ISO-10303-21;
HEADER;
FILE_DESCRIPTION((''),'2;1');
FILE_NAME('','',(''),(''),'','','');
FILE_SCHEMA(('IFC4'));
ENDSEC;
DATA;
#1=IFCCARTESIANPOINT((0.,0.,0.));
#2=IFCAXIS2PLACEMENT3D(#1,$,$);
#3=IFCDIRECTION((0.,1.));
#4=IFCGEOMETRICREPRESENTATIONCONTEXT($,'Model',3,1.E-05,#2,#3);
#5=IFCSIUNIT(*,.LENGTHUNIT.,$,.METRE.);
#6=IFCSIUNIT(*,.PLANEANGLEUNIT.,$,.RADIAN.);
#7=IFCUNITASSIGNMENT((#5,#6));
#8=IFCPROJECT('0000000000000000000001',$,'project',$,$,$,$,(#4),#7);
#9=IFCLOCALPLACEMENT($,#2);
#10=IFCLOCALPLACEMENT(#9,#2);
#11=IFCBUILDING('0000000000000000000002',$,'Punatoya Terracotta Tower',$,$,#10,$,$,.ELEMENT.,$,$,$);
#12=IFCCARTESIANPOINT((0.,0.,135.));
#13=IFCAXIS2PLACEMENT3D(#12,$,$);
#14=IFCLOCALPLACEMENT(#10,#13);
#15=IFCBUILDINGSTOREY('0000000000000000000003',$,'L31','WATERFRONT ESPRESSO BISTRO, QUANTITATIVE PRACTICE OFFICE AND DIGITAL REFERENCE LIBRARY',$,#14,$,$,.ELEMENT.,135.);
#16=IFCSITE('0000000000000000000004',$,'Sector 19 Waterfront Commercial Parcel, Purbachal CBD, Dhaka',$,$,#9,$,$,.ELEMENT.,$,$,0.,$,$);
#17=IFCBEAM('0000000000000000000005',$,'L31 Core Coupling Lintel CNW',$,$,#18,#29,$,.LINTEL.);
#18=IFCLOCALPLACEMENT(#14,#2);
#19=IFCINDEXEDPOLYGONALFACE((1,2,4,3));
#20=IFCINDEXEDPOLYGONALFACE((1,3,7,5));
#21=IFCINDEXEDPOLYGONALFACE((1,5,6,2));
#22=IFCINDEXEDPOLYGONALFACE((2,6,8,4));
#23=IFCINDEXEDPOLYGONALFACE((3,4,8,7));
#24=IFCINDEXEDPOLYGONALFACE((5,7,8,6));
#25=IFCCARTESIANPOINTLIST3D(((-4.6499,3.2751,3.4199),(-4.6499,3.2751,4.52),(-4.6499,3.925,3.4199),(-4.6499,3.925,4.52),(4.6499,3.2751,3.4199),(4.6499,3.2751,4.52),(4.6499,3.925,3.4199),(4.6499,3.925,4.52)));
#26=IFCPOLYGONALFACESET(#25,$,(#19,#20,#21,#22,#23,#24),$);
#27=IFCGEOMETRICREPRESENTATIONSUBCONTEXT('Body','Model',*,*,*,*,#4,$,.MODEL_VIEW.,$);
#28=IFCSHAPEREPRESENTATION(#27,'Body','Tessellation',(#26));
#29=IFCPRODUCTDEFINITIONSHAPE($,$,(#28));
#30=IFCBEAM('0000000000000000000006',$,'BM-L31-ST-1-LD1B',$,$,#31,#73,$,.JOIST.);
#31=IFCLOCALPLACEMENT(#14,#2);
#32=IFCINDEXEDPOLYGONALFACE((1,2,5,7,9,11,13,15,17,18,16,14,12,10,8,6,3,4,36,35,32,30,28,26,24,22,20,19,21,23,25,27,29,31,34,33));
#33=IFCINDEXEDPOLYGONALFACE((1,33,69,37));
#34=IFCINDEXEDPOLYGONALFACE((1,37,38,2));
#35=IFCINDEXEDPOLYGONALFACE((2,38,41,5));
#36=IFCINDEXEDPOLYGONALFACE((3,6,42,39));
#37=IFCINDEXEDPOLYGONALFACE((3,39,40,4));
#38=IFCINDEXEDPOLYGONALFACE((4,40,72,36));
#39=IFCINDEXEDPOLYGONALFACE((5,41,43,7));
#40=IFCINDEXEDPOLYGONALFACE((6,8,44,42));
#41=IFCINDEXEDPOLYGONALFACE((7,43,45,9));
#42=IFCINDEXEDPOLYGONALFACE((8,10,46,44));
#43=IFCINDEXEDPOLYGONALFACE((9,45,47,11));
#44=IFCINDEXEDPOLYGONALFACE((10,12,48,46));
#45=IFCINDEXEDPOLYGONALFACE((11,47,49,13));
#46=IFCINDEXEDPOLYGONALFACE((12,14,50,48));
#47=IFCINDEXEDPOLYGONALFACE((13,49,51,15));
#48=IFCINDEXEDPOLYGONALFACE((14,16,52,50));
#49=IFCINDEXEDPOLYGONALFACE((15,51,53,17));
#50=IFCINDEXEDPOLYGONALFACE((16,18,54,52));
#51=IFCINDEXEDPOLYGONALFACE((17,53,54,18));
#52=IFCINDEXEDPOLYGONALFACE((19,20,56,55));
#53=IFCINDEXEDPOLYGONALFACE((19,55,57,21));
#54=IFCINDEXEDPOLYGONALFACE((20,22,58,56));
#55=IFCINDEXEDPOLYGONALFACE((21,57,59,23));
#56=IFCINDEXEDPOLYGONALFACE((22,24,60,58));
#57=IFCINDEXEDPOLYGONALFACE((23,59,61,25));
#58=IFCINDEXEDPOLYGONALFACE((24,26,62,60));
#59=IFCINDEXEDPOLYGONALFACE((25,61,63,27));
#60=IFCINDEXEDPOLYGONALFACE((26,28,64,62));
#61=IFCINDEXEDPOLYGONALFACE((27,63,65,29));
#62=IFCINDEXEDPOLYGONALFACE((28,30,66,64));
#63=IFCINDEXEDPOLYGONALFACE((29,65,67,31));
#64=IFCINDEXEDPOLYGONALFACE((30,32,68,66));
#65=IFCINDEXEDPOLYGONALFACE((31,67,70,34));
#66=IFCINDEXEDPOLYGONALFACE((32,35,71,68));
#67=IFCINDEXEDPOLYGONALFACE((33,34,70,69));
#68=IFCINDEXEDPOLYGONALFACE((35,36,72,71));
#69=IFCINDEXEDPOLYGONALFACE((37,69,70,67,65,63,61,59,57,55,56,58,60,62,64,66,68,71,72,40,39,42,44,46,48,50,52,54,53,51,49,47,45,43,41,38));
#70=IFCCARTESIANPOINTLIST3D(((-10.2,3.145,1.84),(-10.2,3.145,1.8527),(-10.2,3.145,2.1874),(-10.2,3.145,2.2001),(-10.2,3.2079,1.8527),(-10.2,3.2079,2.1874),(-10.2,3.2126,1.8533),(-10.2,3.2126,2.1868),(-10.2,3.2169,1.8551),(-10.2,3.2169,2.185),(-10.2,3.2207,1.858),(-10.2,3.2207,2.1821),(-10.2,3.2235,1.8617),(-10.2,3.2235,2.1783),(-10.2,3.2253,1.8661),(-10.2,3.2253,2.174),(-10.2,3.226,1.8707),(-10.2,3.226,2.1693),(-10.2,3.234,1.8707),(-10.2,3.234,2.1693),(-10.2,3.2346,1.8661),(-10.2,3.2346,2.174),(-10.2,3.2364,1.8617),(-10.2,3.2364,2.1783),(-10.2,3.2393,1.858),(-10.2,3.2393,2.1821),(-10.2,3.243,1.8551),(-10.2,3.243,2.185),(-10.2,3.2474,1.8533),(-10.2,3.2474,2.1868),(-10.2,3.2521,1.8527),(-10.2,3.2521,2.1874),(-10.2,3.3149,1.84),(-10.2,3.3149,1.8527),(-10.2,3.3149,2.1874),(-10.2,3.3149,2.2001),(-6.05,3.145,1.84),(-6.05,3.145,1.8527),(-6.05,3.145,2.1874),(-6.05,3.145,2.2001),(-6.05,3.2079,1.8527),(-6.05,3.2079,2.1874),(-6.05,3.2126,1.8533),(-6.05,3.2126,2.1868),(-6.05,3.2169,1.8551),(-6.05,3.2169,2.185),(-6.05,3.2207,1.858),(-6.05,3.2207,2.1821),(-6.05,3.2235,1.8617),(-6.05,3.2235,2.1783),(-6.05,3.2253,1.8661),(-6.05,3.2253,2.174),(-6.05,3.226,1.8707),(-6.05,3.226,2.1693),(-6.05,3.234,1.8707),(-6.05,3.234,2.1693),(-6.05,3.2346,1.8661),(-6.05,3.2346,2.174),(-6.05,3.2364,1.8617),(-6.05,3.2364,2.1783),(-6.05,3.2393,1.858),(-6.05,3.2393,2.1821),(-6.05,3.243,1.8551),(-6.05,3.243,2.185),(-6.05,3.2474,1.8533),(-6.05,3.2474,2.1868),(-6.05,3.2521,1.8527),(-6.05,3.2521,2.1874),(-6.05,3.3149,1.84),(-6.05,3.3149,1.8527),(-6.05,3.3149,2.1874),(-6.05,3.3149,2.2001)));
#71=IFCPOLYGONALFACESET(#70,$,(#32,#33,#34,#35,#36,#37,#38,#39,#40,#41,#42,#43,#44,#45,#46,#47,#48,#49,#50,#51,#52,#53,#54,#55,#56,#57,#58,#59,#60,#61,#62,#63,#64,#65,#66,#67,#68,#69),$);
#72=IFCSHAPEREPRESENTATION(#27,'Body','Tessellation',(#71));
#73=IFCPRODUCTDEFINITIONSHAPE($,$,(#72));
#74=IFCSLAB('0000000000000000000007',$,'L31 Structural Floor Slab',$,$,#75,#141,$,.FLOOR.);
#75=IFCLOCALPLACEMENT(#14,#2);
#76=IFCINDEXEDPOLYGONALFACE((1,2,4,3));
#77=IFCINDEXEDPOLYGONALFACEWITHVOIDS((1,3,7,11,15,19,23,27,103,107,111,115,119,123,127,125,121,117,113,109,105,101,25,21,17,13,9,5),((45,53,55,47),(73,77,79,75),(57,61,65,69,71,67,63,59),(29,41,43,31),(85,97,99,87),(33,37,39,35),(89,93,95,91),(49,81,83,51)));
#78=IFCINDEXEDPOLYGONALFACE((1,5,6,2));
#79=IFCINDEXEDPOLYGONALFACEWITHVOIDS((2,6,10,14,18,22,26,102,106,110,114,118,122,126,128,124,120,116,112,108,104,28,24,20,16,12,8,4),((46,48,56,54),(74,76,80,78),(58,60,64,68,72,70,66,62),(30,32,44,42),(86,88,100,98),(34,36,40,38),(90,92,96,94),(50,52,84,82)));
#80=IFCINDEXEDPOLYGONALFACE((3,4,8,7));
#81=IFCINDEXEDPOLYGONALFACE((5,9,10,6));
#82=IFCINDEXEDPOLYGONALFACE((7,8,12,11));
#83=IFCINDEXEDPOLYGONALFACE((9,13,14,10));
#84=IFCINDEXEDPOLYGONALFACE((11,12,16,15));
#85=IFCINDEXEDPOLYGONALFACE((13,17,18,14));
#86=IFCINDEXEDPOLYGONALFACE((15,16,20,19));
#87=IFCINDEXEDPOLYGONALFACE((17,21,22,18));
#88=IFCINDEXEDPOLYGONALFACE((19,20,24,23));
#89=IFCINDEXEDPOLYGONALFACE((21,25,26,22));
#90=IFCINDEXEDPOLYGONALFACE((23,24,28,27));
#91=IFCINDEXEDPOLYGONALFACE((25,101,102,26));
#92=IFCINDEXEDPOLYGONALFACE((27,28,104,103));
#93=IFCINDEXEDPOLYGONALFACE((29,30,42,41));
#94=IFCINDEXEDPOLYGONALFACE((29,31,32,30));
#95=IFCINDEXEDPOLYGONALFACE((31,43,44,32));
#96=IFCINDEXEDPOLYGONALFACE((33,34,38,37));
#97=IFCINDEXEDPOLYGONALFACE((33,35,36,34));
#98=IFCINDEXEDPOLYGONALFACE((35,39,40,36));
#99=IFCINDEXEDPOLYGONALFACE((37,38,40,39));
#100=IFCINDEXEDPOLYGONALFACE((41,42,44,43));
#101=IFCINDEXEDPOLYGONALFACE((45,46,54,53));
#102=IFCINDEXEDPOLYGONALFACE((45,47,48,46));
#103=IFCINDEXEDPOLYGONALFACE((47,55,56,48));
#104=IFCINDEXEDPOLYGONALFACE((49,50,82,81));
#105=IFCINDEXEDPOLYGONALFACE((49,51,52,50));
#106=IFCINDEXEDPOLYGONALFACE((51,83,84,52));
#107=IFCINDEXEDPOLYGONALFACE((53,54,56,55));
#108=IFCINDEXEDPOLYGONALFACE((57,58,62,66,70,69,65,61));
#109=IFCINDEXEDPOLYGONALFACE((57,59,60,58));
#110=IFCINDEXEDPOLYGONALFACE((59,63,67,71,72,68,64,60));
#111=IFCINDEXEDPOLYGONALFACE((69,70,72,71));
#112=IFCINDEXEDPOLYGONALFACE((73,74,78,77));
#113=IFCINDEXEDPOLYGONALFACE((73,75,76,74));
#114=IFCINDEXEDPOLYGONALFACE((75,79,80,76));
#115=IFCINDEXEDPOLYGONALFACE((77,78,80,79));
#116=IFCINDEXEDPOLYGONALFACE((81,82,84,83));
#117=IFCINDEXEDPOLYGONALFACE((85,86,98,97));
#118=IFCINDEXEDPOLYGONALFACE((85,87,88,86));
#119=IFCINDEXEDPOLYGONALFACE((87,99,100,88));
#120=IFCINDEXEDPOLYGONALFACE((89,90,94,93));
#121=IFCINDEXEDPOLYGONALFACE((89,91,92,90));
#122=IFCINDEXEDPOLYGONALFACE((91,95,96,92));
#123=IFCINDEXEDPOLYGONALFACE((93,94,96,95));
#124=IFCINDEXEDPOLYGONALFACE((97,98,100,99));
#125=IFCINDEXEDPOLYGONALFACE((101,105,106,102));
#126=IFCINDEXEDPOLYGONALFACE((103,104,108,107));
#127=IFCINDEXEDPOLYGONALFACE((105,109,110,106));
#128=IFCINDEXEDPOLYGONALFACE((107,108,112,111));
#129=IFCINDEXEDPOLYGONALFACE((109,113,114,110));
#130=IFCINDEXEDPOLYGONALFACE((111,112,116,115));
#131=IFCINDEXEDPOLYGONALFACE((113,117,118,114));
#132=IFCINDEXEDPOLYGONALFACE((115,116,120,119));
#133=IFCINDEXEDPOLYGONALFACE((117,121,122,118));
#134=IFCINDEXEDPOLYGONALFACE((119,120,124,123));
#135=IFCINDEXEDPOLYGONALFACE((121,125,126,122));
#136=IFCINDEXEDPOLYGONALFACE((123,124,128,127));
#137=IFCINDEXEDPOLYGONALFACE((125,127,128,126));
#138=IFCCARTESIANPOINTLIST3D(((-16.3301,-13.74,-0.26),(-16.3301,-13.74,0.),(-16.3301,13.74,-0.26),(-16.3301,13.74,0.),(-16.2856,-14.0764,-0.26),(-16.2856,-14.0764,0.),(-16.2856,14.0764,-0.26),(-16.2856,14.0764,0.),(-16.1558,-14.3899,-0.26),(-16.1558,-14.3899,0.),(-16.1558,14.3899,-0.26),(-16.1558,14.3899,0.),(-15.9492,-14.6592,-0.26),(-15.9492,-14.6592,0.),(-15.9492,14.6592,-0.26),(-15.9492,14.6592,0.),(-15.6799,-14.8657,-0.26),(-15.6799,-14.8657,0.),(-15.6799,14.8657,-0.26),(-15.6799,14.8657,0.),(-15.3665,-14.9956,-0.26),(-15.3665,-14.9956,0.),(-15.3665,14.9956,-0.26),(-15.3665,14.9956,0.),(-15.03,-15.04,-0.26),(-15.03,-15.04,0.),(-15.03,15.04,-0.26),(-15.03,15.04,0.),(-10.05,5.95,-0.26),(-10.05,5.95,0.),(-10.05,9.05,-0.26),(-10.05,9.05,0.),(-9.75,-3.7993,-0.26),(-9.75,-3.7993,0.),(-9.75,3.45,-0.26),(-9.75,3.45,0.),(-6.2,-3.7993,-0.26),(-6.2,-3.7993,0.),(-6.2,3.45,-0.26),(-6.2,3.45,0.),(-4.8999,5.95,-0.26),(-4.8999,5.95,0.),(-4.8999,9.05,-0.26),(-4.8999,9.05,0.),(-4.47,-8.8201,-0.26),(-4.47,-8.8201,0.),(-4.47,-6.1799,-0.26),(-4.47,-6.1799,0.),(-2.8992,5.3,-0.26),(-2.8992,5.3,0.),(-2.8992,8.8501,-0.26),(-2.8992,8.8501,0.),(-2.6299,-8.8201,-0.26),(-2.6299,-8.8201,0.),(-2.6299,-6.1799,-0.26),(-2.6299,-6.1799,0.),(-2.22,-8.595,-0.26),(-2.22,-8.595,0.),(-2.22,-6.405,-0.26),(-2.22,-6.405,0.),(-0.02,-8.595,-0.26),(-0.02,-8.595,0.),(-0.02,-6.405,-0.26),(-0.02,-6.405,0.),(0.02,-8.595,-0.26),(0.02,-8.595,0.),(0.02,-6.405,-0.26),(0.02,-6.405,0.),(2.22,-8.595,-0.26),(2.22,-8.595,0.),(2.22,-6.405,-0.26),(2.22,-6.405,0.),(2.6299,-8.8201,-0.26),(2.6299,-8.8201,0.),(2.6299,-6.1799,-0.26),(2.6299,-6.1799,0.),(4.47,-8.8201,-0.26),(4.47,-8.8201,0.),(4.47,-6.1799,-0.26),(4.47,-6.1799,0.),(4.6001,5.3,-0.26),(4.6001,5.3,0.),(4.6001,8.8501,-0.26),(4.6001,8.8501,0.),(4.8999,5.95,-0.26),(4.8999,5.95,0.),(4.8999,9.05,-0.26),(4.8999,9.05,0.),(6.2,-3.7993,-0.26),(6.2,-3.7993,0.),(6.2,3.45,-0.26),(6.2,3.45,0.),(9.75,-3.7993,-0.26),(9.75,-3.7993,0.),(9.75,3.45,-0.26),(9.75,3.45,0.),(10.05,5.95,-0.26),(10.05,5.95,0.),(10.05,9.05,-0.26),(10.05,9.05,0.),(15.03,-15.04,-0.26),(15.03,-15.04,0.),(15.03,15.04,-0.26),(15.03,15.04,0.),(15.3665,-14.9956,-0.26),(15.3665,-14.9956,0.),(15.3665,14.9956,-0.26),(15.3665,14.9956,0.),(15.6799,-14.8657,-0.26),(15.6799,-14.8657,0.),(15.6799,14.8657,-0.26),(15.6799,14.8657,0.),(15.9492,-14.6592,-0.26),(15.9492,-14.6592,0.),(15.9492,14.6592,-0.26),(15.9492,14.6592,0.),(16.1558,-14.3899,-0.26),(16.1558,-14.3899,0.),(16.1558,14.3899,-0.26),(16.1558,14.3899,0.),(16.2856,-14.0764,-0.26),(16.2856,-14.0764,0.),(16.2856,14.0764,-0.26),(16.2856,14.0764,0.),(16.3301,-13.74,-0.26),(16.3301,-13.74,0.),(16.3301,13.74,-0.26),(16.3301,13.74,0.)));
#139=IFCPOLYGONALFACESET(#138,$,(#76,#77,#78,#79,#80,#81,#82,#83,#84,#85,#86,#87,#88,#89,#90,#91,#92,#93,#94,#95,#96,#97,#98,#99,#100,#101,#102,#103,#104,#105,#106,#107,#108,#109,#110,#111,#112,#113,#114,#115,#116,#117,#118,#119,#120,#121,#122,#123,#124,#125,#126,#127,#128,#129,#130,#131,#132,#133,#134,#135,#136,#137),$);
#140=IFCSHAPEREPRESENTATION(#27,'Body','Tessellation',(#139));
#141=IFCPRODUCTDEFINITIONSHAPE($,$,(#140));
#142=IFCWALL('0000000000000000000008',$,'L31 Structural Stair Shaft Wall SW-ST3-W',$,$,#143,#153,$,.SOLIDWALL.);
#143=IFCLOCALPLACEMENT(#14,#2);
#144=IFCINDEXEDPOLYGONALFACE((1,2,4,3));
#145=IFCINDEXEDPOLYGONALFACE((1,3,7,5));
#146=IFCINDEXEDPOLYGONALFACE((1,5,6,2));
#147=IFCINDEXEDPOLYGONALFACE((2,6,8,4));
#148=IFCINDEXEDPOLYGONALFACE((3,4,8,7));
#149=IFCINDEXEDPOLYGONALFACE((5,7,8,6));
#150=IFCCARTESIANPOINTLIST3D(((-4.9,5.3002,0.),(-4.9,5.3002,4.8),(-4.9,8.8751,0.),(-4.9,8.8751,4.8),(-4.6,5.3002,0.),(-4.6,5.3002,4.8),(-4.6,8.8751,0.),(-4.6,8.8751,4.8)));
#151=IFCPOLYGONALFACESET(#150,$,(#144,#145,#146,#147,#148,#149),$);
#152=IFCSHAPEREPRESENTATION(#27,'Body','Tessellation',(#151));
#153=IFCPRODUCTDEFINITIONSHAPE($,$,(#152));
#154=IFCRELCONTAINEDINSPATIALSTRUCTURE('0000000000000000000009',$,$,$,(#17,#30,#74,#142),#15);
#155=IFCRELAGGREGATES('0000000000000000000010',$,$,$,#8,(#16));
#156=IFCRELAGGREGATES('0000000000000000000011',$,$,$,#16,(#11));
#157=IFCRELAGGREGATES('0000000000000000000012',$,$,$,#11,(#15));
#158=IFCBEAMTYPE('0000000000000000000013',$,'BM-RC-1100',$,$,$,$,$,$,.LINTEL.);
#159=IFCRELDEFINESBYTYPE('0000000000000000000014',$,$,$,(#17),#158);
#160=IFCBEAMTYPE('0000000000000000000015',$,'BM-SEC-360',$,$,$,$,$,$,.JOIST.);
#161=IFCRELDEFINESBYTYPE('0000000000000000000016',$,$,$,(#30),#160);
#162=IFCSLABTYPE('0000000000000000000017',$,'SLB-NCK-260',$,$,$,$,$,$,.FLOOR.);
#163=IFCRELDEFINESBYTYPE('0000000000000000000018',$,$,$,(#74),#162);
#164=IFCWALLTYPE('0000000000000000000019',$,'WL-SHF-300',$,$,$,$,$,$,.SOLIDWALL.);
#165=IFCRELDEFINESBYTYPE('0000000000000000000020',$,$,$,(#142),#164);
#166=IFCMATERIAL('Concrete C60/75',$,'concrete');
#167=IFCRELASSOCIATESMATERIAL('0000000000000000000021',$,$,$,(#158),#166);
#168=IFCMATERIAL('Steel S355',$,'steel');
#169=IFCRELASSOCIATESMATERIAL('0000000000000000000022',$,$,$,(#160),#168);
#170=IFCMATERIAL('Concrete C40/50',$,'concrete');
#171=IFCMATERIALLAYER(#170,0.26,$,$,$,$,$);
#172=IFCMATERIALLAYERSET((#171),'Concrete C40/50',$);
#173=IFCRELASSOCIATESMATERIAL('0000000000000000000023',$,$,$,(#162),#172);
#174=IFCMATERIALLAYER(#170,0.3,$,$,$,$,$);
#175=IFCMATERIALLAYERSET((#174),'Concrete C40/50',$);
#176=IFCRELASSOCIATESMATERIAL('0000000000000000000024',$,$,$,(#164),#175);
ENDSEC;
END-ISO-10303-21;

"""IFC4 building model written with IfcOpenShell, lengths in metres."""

from ifc_helpers import new_model, si_unit, direction, frame, frame_2d, origin, origin_2d, place, context, subcontext, project, spatial, polyline, rectangle, i_section, outline, extrude, material, layer, layer_set, material_profile, profile_set, type_object, element, save


model = new_model("IFC4")

# Units and contexts
model_context = context("Model", 3, precision=1e-05, world=origin(), true_north=direction((0.0, 1.0)))
body_context = subcontext(model_context, "Body", "Model", "MODEL_VIEW")
ifc_project = project(units=[si_unit("LENGTHUNIT", "METRE"), si_unit("PLANEANGLEUNIT", "RADIAN")], contexts=[model_context])

# Site, building, storey
site_placement = place(None, origin())
site = spatial("IfcSite", under=ifc_project, at=site_placement, Name="Sector 19 Waterfront Commercial Parcel, Purbachal CBD, Dhaka", CompositionType="ELEMENT", RefElevation=0.0)
building_placement = place(site_placement, origin())
building = spatial("IfcBuilding", under=site, at=building_placement, Name="Punatoya Terracotta Tower", CompositionType="ELEMENT")
storey_placement = place(building_placement, frame((0.0, 0.0, 135.0)))
storey = spatial("IfcBuildingStorey", under=building, at=storey_placement, Name="L31", Description="WATERFRONT ESPRESSO BISTRO, QUANTITATIVE PRACTICE OFFICE AND DIGITAL REFERENCE LIBRARY", CompositionType="ELEMENT", Elevation=135.0)

# Beams
ifc_material_1 = material(Name="Concrete C60/75", Category="concrete")
ifc_material_profile_1 = material_profile(ifc_material_1, rectangle(XDim=0.6499, YDim=1.1001, at=origin_2d()))
ifc_profile_set_1 = profile_set([ifc_material_profile_1], Name="Concrete C60/75")
beam_type_1 = type_object("IfcBeamType", Name="BM-RC-1100", PredefinedType="LINTEL", material=ifc_profile_set_1)
beam_1_placement = place(storey_placement, frame((-4.6499, 3.6001, 3.97), z_axis=(1.0, 0.0, 0.0), x_axis=(0.0, 1.0, 0.0)))
element("IfcBeam", 1, at=beam_1_placement, inside=storey, type_object=beam_type_1, Name="L31 Core Coupling Lintel CNW", PredefinedType="LINTEL", context=body_context, shape_type="SweptSolid", body=[
    extrude(rectangle(XDim=0.6499, YDim=1.1001, at=origin_2d()), origin(), (0.0, 0.0, 1.0), 9.2998),
])
ifc_material_2 = material(Name="Steel S355", Category="steel")
ifc_material_profile_2 = material_profile(ifc_material_2, i_section(OverallWidth=0.1699, OverallDepth=0.3601, WebThickness=0.0081, FlangeThickness=0.0127, FilletRadius=0.0181, at=origin_2d()))
ifc_profile_set_2 = profile_set([ifc_material_profile_2], Name="Steel S355")
beam_type_2 = type_object("IfcBeamType", Name="BM-SEC-360", PredefinedType="JOIST", material=ifc_profile_set_2)
beam_2_placement = place(storey_placement, frame((-10.2, 3.23, 2.02), z_axis=(1.0, 0.0, 0.0), x_axis=(0.0, 1.0, 0.0)))
element("IfcBeam", 2, at=beam_2_placement, inside=storey, type_object=beam_type_2, Name="BM-L31-ST-1-LD1B", PredefinedType="JOIST", context=body_context, shape_type="SweptSolid", body=[
    extrude(i_section(OverallWidth=0.1699, OverallDepth=0.3601, WebThickness=0.0081, FlangeThickness=0.0127, FilletRadius=0.0181, at=origin_2d()), origin(), (0.0, 0.0, 1.0), 4.1499),
])

# Slab
ifc_material_3 = material(Name="Concrete C40/50", Category="concrete")
ifc_layer_1 = layer(ifc_material_3, 0.26)
ifc_layer_set_1 = layer_set([ifc_layer_1], Name="Concrete C40/50")
slab_type = type_object("IfcSlabType", Name="SLB-NCK-260", PredefinedType="FLOOR", material=ifc_layer_set_1)
slab_placement = place(storey_placement, frame((0.0, 0.0, -0.26)))
element("IfcSlab", 3, at=slab_placement, inside=storey, type_object=slab_type, Name="L31 Structural Floor Slab", PredefinedType="FLOOR", context=body_context, shape_type="SweptSolid", body=[
    extrude(outline(polyline([(-15.03, -15.04), (-15.3665, -14.9956), (-15.6799, -14.8657), (-15.9492, -14.6592), (-16.1558, -14.3899), (-16.2856, -14.0764), (-16.3301, -13.74), (-16.3301, 13.74), (-16.2856, 14.0764), (-16.1558, 14.3899), (-15.9492, 14.6592), (-15.6799, 14.8657), (-15.3665, 14.9956), (-15.03, 15.04), (15.03, 15.04), (15.3665, 14.9956), (15.6799, 14.8657), (15.9492, 14.6592), (16.1558, 14.3899), (16.2856, 14.0764), (16.3301, 13.74), (16.3301, -13.74), (16.2856, -14.0764), (16.1558, -14.3899), (15.9492, -14.6592), (15.6799, -14.8657), (15.3665, -14.9956), (15.03, -15.04), (-15.03, -15.04)]), holes=[polyline([(-2.6299, -6.1799), (-4.47, -6.1799), (-4.47, -8.8201), (-2.6299, -8.8201), (-2.6299, -6.1799)]), polyline([(-0.02, -6.405), (-2.22, -6.405), (-2.22, -8.595), (-0.02, -8.595), (0.02, -8.595), (2.22, -8.595), (2.22, -6.405), (0.02, -6.405), (-0.02, -6.405)]), polyline([(4.47, -6.1799), (2.6299, -6.1799), (2.6299, -8.8201), (4.47, -8.8201), (4.47, -6.1799)]), polyline([(-9.75, 3.45), (-9.75, -3.7993), (-6.2, -3.7993), (-6.2, 3.45), (-9.75, 3.45)]), polyline([(6.2, 3.45), (6.2, -3.7993), (9.75, -3.7993), (9.75, 3.45), (6.2, 3.45)]), polyline([(4.6001, 8.8501), (-2.8992, 8.8501), (-2.8992, 5.3), (4.6001, 5.3), (4.6001, 8.8501)]), polyline([(-4.8999, 5.95), (-4.8999, 9.05), (-10.05, 9.05), (-10.05, 5.95), (-4.8999, 5.95)]), polyline([(10.05, 5.95), (10.05, 9.05), (4.8999, 9.05), (4.8999, 5.95), (10.05, 5.95)])]), origin(), (0.0, 0.0, 1.0), 0.26),
])

# Wall
ifc_layer_2 = layer(ifc_material_3, 0.3)
ifc_layer_set_2 = layer_set([ifc_layer_2], Name="Concrete C40/50")
wall_type_1 = type_object("IfcWallType", Name="WL-SHF-300", PredefinedType="SOLIDWALL", material=ifc_layer_set_2)
wall_1_placement = place(storey_placement, frame((-4.75, 5.3, 0.0), z_axis=(0.0, 0.0, 1.0), x_axis=(0.0, 1.0, 0.0)))
element("IfcWall", 4, at=wall_1_placement, inside=storey, type_object=wall_type_1, Name="L31 Structural Stair Shaft Wall SW-ST3-W", PredefinedType="SOLIDWALL", context=body_context, shape_type="SweptSolid", body=[
    extrude(rectangle(XDim=3.575, YDim=0.3, at=frame_2d((1.7876, 0.0))), origin(), (0.0, 0.0, 1.0), 4.8),
])

save(model, "model.ifc")
